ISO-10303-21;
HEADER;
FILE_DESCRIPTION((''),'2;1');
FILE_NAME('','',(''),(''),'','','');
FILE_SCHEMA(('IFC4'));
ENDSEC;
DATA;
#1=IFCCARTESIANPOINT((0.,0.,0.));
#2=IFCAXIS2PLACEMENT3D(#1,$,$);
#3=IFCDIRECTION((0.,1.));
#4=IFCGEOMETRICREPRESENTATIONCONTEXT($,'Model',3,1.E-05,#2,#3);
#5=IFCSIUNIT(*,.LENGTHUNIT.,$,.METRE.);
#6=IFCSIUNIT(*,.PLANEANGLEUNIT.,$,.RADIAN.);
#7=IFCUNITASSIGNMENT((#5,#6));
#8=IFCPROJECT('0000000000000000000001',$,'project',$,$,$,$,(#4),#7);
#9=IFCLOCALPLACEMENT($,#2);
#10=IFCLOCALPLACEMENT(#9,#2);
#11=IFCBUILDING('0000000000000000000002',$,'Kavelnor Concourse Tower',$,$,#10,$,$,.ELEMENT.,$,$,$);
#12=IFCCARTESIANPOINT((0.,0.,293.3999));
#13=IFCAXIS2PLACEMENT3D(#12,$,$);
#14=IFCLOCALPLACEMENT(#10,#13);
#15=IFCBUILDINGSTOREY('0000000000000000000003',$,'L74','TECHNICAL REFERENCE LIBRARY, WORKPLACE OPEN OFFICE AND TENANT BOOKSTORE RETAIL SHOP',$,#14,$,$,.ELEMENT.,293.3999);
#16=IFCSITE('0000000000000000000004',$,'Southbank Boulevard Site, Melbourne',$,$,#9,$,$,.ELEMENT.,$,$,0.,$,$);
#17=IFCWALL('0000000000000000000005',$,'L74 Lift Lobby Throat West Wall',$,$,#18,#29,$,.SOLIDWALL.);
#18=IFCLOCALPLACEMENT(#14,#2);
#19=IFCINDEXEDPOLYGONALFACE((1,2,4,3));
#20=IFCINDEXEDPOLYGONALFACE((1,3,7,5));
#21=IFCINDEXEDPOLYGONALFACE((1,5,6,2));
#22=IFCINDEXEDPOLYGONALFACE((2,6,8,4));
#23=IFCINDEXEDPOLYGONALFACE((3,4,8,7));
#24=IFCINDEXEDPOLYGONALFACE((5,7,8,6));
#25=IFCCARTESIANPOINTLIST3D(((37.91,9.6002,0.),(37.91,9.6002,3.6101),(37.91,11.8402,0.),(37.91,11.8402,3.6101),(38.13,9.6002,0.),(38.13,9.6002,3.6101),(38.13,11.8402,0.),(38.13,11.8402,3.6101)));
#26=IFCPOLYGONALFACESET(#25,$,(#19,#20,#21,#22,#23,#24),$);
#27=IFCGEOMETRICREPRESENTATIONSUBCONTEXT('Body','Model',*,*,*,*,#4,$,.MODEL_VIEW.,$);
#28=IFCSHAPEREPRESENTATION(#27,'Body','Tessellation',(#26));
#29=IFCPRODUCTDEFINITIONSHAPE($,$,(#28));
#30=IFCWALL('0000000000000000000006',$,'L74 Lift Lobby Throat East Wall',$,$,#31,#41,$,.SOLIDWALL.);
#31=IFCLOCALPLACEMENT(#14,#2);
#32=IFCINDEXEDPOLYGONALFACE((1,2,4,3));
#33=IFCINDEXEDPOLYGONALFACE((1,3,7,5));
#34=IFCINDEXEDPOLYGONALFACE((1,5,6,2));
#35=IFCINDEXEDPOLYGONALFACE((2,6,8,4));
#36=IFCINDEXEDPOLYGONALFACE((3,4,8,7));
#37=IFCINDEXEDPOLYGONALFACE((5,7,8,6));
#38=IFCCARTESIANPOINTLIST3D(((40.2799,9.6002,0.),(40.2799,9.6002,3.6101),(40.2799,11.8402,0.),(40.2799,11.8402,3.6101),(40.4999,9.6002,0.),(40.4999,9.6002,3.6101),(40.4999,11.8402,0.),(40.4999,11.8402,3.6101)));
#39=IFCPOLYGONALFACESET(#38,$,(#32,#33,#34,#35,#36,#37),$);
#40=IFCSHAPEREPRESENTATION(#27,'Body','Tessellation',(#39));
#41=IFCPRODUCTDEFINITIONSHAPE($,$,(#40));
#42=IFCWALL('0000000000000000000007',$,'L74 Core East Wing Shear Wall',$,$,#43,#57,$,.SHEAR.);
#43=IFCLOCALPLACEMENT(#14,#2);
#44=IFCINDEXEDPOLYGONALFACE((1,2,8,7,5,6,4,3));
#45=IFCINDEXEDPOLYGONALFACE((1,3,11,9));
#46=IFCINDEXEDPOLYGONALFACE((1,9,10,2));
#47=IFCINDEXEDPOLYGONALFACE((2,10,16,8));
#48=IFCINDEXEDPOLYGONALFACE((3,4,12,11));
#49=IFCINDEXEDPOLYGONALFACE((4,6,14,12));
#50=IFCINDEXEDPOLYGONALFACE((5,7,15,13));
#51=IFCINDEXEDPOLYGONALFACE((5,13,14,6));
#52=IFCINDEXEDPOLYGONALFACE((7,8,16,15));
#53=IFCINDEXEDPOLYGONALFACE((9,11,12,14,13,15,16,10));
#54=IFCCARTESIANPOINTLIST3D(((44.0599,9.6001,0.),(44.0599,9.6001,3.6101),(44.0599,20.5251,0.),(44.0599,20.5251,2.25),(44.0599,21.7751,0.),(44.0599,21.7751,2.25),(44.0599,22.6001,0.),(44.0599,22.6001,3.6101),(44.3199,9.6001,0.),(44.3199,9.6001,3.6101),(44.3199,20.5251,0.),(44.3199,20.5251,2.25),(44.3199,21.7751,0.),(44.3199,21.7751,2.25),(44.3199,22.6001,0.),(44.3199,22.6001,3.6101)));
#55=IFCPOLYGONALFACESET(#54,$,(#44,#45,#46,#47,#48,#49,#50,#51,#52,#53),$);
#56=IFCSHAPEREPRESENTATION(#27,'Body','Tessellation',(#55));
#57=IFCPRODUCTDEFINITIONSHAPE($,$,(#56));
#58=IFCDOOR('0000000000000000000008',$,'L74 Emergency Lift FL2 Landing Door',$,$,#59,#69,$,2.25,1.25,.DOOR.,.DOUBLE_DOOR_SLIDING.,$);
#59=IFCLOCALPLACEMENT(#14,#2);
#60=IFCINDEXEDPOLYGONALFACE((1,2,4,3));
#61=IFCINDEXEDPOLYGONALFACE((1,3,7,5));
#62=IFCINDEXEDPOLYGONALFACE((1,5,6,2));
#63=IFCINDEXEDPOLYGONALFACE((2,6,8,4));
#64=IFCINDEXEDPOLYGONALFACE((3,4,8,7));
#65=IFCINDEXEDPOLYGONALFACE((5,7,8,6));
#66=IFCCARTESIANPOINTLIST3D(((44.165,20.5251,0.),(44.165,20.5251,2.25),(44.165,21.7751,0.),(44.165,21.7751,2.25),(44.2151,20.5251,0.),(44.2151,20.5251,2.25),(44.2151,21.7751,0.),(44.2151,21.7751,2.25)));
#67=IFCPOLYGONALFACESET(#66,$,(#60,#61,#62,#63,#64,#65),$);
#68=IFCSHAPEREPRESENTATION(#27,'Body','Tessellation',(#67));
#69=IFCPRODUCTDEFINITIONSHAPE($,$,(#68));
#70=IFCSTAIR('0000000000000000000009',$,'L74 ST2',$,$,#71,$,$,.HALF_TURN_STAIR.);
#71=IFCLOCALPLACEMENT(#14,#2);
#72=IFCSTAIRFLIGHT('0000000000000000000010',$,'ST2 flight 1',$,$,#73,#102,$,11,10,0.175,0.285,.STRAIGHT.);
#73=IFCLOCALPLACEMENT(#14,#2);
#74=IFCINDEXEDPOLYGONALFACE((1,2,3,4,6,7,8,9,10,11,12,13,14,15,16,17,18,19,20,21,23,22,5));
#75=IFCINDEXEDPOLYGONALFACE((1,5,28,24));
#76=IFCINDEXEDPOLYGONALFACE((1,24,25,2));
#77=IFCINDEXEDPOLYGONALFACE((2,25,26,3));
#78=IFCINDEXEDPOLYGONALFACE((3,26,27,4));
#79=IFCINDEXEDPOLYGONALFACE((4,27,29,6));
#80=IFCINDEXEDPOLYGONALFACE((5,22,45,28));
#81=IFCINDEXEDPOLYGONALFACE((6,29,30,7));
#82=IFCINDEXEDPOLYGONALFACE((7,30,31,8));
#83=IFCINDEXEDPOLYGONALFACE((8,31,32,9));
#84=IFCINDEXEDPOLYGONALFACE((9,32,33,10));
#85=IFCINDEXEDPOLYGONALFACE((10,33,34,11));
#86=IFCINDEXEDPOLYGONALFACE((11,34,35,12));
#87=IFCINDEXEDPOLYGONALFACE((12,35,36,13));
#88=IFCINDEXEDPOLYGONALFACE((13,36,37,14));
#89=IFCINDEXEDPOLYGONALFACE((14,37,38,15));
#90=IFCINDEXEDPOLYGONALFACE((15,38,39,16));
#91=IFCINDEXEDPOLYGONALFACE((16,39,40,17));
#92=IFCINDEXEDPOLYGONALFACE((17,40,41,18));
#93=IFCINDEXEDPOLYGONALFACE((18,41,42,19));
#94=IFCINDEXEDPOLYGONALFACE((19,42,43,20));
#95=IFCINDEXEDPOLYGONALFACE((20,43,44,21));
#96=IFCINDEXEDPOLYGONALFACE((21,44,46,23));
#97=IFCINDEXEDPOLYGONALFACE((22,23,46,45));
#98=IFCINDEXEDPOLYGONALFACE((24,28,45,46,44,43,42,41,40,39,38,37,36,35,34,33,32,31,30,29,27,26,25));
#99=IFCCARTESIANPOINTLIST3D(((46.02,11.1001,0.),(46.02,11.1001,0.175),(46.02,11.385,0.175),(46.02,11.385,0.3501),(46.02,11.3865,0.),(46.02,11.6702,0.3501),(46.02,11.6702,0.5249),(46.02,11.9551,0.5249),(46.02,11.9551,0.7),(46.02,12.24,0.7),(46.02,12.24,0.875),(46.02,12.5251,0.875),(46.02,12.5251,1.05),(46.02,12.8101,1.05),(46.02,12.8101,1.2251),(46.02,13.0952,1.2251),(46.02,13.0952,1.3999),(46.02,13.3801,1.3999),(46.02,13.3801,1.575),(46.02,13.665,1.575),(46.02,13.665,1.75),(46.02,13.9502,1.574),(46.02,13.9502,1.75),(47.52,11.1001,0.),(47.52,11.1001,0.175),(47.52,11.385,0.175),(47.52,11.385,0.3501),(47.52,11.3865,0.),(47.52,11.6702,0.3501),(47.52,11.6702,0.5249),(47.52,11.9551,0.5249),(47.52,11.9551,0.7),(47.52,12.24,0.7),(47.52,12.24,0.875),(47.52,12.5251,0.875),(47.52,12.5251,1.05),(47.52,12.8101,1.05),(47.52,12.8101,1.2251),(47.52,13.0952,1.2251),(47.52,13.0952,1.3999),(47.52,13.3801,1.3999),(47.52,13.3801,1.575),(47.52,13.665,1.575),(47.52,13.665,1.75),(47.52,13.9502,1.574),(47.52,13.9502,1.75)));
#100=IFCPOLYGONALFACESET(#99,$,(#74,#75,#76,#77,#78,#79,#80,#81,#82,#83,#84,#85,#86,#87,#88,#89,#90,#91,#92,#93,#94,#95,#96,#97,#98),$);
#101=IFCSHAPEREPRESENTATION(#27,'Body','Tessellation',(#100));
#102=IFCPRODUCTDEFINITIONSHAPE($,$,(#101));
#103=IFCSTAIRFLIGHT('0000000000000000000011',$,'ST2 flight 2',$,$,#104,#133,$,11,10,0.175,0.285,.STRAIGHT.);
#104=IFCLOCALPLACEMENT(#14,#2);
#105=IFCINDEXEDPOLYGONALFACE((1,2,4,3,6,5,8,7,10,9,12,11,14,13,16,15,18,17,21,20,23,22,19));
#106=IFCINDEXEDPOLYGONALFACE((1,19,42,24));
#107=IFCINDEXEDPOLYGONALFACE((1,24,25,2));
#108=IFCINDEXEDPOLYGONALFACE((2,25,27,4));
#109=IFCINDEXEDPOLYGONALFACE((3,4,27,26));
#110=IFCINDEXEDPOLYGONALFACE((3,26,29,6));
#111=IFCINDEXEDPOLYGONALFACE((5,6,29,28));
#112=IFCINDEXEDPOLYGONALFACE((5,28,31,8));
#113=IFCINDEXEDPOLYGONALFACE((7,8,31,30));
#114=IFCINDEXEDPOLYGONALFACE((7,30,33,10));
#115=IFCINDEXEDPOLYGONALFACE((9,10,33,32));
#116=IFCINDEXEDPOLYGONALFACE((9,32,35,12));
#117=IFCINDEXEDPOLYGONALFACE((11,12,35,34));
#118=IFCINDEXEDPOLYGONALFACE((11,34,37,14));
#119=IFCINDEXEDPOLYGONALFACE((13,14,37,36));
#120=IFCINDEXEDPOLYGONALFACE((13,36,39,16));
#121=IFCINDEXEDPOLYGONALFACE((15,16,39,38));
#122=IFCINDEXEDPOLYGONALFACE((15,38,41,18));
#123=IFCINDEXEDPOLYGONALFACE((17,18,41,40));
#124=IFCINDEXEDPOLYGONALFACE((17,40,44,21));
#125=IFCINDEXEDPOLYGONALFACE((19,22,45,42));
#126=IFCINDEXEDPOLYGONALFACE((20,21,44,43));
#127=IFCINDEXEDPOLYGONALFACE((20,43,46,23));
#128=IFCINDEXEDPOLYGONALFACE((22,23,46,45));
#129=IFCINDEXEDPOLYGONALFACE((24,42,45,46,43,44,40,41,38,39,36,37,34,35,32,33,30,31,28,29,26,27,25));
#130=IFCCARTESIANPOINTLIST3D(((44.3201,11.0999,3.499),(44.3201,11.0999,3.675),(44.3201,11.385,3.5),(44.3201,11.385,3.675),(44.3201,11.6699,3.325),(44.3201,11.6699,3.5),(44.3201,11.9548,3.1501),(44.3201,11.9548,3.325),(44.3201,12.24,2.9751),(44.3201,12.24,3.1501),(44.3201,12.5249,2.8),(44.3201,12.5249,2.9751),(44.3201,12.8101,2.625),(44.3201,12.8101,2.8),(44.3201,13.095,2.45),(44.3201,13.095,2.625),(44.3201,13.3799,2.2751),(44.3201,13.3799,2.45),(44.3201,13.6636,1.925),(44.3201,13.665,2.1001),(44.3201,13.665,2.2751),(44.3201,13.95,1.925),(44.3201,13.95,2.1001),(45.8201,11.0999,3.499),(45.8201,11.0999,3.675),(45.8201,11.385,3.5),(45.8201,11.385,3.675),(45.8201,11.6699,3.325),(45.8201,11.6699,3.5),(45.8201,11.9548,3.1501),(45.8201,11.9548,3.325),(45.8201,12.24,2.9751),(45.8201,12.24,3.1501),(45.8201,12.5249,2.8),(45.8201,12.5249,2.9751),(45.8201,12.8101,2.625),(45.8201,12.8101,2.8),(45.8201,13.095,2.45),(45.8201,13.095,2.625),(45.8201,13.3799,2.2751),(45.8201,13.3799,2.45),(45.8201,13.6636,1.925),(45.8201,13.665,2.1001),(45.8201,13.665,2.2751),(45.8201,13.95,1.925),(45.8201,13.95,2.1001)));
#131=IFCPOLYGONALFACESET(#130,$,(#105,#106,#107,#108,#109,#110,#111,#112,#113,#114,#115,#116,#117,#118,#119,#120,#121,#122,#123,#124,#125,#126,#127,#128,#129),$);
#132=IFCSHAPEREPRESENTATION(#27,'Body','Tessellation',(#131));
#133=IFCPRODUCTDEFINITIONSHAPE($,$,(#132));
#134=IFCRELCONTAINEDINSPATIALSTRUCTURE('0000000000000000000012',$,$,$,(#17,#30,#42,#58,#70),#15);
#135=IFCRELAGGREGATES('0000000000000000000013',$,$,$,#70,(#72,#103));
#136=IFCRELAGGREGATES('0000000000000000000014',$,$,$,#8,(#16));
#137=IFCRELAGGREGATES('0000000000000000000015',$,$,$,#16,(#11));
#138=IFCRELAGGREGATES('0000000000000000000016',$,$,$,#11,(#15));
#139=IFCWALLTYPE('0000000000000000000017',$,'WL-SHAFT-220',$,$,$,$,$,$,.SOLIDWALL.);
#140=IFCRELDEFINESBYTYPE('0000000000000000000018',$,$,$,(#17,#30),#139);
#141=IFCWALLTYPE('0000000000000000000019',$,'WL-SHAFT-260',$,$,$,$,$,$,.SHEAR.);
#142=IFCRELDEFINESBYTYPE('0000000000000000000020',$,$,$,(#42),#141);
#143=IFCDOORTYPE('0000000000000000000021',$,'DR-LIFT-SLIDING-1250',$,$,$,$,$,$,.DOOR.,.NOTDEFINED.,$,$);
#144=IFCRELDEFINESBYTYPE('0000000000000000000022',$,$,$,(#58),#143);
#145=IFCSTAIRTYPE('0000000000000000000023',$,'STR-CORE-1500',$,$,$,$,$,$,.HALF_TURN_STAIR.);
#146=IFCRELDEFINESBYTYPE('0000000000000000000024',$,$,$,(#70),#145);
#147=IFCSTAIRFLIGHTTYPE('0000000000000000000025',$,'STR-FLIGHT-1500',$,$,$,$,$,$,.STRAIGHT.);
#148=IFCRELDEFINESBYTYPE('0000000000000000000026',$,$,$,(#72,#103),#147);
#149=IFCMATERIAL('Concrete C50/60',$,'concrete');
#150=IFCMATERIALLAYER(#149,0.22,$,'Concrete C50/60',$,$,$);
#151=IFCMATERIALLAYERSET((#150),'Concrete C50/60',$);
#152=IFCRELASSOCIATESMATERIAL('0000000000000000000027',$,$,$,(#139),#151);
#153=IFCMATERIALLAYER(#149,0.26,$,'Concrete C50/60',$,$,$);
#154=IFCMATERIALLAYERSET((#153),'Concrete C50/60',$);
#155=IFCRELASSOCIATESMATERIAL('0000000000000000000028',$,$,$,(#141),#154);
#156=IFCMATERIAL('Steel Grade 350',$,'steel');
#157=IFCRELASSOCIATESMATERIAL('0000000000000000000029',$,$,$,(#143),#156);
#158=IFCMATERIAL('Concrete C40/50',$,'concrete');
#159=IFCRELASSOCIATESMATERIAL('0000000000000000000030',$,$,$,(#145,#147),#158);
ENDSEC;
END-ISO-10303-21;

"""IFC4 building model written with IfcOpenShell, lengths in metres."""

from ifc_helpers import new_model, si_unit, direction, frame, frame_2d, origin, place, context, subcontext, project, spatial, polyline, rectangle, outline, extrude, material, layer, layer_set, type_object, element, fill, aggregate, save


model = new_model("IFC4")

# Units and contexts
model_context = context("Model", 3, precision=1e-05, world=origin(), true_north=direction((0.0, 1.0)))
body_context = subcontext(model_context, "Body", "Model", "MODEL_VIEW")
ifc_project = project(units=[si_unit("LENGTHUNIT", "METRE"), si_unit("PLANEANGLEUNIT", "RADIAN")], contexts=[model_context])

# Site, building, storey
site_placement = place(None, origin())
site = spatial("IfcSite", under=ifc_project, at=site_placement, Name="Southbank Boulevard Site, Melbourne", CompositionType="ELEMENT", RefElevation=0.0)
building_placement = place(site_placement, origin())
building = spatial("IfcBuilding", under=site, at=building_placement, Name="Kavelnor Concourse Tower", CompositionType="ELEMENT")
storey_placement = place(building_placement, frame((0.0, 0.0, 293.3999)))
storey = spatial("IfcBuildingStorey", under=building, at=storey_placement, Name="L74", Description="TECHNICAL REFERENCE LIBRARY, WORKPLACE OPEN OFFICE AND TENANT BOOKSTORE RETAIL SHOP", CompositionType="ELEMENT", Elevation=293.3999)

# Shared definitions
ifc_material_1 = material(Name="Steel Grade 350", Category="steel")

# Shared definitions
ifc_material_2 = material(Name="Concrete C50/60", Category="concrete")
ifc_layer_1 = layer(ifc_material_2, 0.22, Name="Concrete C50/60")
ifc_layer_set_1 = layer_set([ifc_layer_1], Name="Concrete C50/60")
wall_type_1 = type_object("IfcWallType", Name="WL-SHAFT-220", PredefinedType="SOLIDWALL", material=ifc_layer_set_1)

# Walls
for number, where, z_axis, x_axis, name in (
    (1, (38.02, 9.6001, 0.0), (0.0, 0.0, 1.0), (0.0, 1.0, 0.0), "L74 Lift Lobby Throat West Wall"),
    (2, (40.3899, 9.6001, 0.0), (0.0, 0.0, 1.0), (0.0, 1.0, 0.0), "L74 Lift Lobby Throat East Wall"),
):
    element("IfcWall", number, at=place(storey_placement, frame(where, z_axis=z_axis, x_axis=x_axis)), inside=storey, type_object=wall_type_1, Name=name, PredefinedType="SOLIDWALL", context=body_context, shape_type="SweptSolid", body=[
        extrude(rectangle(XDim=2.24, YDim=0.22, at=frame_2d((1.1201, 0.0))), origin(), (0.0, 0.0, 1.0), 3.6101),
    ])

# Wall, opening, door
ifc_layer_2 = layer(ifc_material_2, 0.26, Name="Concrete C50/60")
ifc_layer_set_2 = layer_set([ifc_layer_2], Name="Concrete C50/60")
wall_type_2 = type_object("IfcWallType", Name="WL-SHAFT-260", PredefinedType="SHEAR", material=ifc_layer_set_2)
wall_1_placement = place(storey_placement, frame((44.1899, 9.6001, 0.0), z_axis=(0.0, 0.0, 1.0), x_axis=(0.0, 1.0, 0.0)))
wall_1 = element("IfcWall", 3, at=wall_1_placement, inside=storey, type_object=wall_type_2, Name="L74 Core East Wing Shear Wall", PredefinedType="SHEAR", context=body_context, shape_type="SweptSolid", body=[
    extrude(rectangle(XDim=13.0, YDim=0.26, at=frame_2d((6.5, 0.0))), origin(), (0.0, 0.0, 1.0), 3.6101),
])
opening_1_placement = place(wall_1_placement, frame((10.925, 0.0, 0.0)))
opening_1 = element("IfcOpeningElement", 4, at=opening_1_placement, cuts=wall_1, PredefinedType="OPENING", context=body_context, shape_type="SweptSolid", body=[
    extrude(rectangle(XDim=1.25, YDim=2.25, at=frame_2d((0.625, 1.125))), frame((0.0, 0.1401, 0.0), z_axis=(0.0, -1.0, 0.0), x_axis=(1.0, 0.0, 0.0)), (0.0, 0.0, 1.0), 0.28),
])
door_type_1 = type_object("IfcDoorType", Name="DR-LIFT-SLIDING-1250", OperationType="NOTDEFINED", PredefinedType="DOOR", material=ifc_material_1)
door_1_placement = place(opening_1_placement, origin())
door_1 = element("IfcDoor", 5, at=door_1_placement, inside=storey, type_object=door_type_1, Name="L74 Emergency Lift FL2 Landing Door", OperationType="DOUBLE_DOOR_SLIDING", OverallHeight=2.25, OverallWidth=1.25, PredefinedType="DOOR", context=body_context, shape_type="SweptSolid", body=[
    extrude(rectangle(XDim=1.25, YDim=2.25, at=frame_2d((0.625, 1.125))), frame((0.0, 0.0249, 0.0), z_axis=(0.0, -1.0, 0.0), x_axis=(1.0, 0.0, 0.0)), (0.0, 0.0, 1.0), 0.05),
])
fill(opening_1, door_1)

# Stair, stair flights
ifc_material_3 = material(Name="Concrete C40/50", Category="concrete")
stair_type = type_object("IfcStairType", Name="STR-CORE-1500", PredefinedType="HALF_TURN_STAIR", material=ifc_material_3)
stair_placement = place(storey_placement, origin())
stair = element("IfcStair", 6, at=stair_placement, inside=storey, type_object=stair_type, Name="L74 ST2", PredefinedType="HALF_TURN_STAIR")
stair_flight_type = type_object("IfcStairFlightType", Name="STR-FLIGHT-1500", PredefinedType="STRAIGHT", material=ifc_material_3)
stair_flight_1_placement = place(storey_placement, frame((46.77, 11.1001, 0.0), z_axis=(0.0, 0.0, 1.0), x_axis=(0.0, 1.0, 0.0)))
stair_flight_1 = element("IfcStairFlight", 7, at=stair_flight_1_placement, type_object=stair_flight_type, Name="ST2 flight 1", NumberOfRisers=11, NumberOfTreads=10, PredefinedType="STRAIGHT", RiserHeight=0.175, TreadLength=0.285, context=body_context, shape_type="SweptSolid", body=[
    extrude(outline(polyline([(0.0, 0.0), (0.0, 0.175), (0.2849, 0.175), (0.2849, 0.3501), (0.5701, 0.3501), (0.5701, 0.5249), (0.855, 0.5249), (0.855, 0.7), (1.1399, 0.7), (1.1399, 0.875), (1.425, 0.875), (1.425, 1.05), (1.71, 1.05), (1.71, 1.2251), (1.9951, 1.2251), (1.9951, 1.3999), (2.28, 1.3999), (2.28, 1.575), (2.5649, 1.575), (2.5649, 1.75), (2.8501, 1.75), (2.8501, 1.925), (2.8501, 1.574), (0.2864, 0.0), (0.0, 0.0)])), frame((0.0, 0.75, 0.0), z_axis=(0.0, -1.0, 0.0), x_axis=(1.0, 0.0, 0.0)), (0.0, 0.0, 1.0), 1.5),
])
stair_flight_2_placement = place(storey_placement, frame((45.0701, 13.95, 1.925), z_axis=(0.0, 0.0, 1.0), x_axis=(0.0, -1.0, 0.0)))
stair_flight_2 = element("IfcStairFlight", 8, at=stair_flight_2_placement, type_object=stair_flight_type, Name="ST2 flight 2", NumberOfRisers=11, NumberOfTreads=10, PredefinedType="STRAIGHT", RiserHeight=0.175, TreadLength=0.285, context=body_context, shape_type="SweptSolid", body=[
    extrude(outline(polyline([(0.0, 0.0), (0.0, 0.175), (0.2849, 0.175), (0.2849, 0.3501), (0.5701, 0.3501), (0.5701, 0.5249), (0.855, 0.5249), (0.855, 0.7), (1.1399, 0.7), (1.1399, 0.875), (1.425, 0.875), (1.425, 1.05), (1.71, 1.05), (1.71, 1.2251), (1.9951, 1.2251), (1.9951, 1.3999), (2.28, 1.3999), (2.28, 1.575), (2.5649, 1.575), (2.5649, 1.75), (2.8501, 1.75), (2.8501, 1.925), (2.8501, 1.574), (0.2864, 0.0), (0.0, 0.0)])), frame((0.0, 0.75, 0.0), z_axis=(0.0, -1.0, 0.0), x_axis=(1.0, 0.0, 0.0)), (0.0, 0.0, 1.0), 1.5),
])
aggregate(stair, [stair_flight_1, stair_flight_2])

save(model, "model.ifc")
